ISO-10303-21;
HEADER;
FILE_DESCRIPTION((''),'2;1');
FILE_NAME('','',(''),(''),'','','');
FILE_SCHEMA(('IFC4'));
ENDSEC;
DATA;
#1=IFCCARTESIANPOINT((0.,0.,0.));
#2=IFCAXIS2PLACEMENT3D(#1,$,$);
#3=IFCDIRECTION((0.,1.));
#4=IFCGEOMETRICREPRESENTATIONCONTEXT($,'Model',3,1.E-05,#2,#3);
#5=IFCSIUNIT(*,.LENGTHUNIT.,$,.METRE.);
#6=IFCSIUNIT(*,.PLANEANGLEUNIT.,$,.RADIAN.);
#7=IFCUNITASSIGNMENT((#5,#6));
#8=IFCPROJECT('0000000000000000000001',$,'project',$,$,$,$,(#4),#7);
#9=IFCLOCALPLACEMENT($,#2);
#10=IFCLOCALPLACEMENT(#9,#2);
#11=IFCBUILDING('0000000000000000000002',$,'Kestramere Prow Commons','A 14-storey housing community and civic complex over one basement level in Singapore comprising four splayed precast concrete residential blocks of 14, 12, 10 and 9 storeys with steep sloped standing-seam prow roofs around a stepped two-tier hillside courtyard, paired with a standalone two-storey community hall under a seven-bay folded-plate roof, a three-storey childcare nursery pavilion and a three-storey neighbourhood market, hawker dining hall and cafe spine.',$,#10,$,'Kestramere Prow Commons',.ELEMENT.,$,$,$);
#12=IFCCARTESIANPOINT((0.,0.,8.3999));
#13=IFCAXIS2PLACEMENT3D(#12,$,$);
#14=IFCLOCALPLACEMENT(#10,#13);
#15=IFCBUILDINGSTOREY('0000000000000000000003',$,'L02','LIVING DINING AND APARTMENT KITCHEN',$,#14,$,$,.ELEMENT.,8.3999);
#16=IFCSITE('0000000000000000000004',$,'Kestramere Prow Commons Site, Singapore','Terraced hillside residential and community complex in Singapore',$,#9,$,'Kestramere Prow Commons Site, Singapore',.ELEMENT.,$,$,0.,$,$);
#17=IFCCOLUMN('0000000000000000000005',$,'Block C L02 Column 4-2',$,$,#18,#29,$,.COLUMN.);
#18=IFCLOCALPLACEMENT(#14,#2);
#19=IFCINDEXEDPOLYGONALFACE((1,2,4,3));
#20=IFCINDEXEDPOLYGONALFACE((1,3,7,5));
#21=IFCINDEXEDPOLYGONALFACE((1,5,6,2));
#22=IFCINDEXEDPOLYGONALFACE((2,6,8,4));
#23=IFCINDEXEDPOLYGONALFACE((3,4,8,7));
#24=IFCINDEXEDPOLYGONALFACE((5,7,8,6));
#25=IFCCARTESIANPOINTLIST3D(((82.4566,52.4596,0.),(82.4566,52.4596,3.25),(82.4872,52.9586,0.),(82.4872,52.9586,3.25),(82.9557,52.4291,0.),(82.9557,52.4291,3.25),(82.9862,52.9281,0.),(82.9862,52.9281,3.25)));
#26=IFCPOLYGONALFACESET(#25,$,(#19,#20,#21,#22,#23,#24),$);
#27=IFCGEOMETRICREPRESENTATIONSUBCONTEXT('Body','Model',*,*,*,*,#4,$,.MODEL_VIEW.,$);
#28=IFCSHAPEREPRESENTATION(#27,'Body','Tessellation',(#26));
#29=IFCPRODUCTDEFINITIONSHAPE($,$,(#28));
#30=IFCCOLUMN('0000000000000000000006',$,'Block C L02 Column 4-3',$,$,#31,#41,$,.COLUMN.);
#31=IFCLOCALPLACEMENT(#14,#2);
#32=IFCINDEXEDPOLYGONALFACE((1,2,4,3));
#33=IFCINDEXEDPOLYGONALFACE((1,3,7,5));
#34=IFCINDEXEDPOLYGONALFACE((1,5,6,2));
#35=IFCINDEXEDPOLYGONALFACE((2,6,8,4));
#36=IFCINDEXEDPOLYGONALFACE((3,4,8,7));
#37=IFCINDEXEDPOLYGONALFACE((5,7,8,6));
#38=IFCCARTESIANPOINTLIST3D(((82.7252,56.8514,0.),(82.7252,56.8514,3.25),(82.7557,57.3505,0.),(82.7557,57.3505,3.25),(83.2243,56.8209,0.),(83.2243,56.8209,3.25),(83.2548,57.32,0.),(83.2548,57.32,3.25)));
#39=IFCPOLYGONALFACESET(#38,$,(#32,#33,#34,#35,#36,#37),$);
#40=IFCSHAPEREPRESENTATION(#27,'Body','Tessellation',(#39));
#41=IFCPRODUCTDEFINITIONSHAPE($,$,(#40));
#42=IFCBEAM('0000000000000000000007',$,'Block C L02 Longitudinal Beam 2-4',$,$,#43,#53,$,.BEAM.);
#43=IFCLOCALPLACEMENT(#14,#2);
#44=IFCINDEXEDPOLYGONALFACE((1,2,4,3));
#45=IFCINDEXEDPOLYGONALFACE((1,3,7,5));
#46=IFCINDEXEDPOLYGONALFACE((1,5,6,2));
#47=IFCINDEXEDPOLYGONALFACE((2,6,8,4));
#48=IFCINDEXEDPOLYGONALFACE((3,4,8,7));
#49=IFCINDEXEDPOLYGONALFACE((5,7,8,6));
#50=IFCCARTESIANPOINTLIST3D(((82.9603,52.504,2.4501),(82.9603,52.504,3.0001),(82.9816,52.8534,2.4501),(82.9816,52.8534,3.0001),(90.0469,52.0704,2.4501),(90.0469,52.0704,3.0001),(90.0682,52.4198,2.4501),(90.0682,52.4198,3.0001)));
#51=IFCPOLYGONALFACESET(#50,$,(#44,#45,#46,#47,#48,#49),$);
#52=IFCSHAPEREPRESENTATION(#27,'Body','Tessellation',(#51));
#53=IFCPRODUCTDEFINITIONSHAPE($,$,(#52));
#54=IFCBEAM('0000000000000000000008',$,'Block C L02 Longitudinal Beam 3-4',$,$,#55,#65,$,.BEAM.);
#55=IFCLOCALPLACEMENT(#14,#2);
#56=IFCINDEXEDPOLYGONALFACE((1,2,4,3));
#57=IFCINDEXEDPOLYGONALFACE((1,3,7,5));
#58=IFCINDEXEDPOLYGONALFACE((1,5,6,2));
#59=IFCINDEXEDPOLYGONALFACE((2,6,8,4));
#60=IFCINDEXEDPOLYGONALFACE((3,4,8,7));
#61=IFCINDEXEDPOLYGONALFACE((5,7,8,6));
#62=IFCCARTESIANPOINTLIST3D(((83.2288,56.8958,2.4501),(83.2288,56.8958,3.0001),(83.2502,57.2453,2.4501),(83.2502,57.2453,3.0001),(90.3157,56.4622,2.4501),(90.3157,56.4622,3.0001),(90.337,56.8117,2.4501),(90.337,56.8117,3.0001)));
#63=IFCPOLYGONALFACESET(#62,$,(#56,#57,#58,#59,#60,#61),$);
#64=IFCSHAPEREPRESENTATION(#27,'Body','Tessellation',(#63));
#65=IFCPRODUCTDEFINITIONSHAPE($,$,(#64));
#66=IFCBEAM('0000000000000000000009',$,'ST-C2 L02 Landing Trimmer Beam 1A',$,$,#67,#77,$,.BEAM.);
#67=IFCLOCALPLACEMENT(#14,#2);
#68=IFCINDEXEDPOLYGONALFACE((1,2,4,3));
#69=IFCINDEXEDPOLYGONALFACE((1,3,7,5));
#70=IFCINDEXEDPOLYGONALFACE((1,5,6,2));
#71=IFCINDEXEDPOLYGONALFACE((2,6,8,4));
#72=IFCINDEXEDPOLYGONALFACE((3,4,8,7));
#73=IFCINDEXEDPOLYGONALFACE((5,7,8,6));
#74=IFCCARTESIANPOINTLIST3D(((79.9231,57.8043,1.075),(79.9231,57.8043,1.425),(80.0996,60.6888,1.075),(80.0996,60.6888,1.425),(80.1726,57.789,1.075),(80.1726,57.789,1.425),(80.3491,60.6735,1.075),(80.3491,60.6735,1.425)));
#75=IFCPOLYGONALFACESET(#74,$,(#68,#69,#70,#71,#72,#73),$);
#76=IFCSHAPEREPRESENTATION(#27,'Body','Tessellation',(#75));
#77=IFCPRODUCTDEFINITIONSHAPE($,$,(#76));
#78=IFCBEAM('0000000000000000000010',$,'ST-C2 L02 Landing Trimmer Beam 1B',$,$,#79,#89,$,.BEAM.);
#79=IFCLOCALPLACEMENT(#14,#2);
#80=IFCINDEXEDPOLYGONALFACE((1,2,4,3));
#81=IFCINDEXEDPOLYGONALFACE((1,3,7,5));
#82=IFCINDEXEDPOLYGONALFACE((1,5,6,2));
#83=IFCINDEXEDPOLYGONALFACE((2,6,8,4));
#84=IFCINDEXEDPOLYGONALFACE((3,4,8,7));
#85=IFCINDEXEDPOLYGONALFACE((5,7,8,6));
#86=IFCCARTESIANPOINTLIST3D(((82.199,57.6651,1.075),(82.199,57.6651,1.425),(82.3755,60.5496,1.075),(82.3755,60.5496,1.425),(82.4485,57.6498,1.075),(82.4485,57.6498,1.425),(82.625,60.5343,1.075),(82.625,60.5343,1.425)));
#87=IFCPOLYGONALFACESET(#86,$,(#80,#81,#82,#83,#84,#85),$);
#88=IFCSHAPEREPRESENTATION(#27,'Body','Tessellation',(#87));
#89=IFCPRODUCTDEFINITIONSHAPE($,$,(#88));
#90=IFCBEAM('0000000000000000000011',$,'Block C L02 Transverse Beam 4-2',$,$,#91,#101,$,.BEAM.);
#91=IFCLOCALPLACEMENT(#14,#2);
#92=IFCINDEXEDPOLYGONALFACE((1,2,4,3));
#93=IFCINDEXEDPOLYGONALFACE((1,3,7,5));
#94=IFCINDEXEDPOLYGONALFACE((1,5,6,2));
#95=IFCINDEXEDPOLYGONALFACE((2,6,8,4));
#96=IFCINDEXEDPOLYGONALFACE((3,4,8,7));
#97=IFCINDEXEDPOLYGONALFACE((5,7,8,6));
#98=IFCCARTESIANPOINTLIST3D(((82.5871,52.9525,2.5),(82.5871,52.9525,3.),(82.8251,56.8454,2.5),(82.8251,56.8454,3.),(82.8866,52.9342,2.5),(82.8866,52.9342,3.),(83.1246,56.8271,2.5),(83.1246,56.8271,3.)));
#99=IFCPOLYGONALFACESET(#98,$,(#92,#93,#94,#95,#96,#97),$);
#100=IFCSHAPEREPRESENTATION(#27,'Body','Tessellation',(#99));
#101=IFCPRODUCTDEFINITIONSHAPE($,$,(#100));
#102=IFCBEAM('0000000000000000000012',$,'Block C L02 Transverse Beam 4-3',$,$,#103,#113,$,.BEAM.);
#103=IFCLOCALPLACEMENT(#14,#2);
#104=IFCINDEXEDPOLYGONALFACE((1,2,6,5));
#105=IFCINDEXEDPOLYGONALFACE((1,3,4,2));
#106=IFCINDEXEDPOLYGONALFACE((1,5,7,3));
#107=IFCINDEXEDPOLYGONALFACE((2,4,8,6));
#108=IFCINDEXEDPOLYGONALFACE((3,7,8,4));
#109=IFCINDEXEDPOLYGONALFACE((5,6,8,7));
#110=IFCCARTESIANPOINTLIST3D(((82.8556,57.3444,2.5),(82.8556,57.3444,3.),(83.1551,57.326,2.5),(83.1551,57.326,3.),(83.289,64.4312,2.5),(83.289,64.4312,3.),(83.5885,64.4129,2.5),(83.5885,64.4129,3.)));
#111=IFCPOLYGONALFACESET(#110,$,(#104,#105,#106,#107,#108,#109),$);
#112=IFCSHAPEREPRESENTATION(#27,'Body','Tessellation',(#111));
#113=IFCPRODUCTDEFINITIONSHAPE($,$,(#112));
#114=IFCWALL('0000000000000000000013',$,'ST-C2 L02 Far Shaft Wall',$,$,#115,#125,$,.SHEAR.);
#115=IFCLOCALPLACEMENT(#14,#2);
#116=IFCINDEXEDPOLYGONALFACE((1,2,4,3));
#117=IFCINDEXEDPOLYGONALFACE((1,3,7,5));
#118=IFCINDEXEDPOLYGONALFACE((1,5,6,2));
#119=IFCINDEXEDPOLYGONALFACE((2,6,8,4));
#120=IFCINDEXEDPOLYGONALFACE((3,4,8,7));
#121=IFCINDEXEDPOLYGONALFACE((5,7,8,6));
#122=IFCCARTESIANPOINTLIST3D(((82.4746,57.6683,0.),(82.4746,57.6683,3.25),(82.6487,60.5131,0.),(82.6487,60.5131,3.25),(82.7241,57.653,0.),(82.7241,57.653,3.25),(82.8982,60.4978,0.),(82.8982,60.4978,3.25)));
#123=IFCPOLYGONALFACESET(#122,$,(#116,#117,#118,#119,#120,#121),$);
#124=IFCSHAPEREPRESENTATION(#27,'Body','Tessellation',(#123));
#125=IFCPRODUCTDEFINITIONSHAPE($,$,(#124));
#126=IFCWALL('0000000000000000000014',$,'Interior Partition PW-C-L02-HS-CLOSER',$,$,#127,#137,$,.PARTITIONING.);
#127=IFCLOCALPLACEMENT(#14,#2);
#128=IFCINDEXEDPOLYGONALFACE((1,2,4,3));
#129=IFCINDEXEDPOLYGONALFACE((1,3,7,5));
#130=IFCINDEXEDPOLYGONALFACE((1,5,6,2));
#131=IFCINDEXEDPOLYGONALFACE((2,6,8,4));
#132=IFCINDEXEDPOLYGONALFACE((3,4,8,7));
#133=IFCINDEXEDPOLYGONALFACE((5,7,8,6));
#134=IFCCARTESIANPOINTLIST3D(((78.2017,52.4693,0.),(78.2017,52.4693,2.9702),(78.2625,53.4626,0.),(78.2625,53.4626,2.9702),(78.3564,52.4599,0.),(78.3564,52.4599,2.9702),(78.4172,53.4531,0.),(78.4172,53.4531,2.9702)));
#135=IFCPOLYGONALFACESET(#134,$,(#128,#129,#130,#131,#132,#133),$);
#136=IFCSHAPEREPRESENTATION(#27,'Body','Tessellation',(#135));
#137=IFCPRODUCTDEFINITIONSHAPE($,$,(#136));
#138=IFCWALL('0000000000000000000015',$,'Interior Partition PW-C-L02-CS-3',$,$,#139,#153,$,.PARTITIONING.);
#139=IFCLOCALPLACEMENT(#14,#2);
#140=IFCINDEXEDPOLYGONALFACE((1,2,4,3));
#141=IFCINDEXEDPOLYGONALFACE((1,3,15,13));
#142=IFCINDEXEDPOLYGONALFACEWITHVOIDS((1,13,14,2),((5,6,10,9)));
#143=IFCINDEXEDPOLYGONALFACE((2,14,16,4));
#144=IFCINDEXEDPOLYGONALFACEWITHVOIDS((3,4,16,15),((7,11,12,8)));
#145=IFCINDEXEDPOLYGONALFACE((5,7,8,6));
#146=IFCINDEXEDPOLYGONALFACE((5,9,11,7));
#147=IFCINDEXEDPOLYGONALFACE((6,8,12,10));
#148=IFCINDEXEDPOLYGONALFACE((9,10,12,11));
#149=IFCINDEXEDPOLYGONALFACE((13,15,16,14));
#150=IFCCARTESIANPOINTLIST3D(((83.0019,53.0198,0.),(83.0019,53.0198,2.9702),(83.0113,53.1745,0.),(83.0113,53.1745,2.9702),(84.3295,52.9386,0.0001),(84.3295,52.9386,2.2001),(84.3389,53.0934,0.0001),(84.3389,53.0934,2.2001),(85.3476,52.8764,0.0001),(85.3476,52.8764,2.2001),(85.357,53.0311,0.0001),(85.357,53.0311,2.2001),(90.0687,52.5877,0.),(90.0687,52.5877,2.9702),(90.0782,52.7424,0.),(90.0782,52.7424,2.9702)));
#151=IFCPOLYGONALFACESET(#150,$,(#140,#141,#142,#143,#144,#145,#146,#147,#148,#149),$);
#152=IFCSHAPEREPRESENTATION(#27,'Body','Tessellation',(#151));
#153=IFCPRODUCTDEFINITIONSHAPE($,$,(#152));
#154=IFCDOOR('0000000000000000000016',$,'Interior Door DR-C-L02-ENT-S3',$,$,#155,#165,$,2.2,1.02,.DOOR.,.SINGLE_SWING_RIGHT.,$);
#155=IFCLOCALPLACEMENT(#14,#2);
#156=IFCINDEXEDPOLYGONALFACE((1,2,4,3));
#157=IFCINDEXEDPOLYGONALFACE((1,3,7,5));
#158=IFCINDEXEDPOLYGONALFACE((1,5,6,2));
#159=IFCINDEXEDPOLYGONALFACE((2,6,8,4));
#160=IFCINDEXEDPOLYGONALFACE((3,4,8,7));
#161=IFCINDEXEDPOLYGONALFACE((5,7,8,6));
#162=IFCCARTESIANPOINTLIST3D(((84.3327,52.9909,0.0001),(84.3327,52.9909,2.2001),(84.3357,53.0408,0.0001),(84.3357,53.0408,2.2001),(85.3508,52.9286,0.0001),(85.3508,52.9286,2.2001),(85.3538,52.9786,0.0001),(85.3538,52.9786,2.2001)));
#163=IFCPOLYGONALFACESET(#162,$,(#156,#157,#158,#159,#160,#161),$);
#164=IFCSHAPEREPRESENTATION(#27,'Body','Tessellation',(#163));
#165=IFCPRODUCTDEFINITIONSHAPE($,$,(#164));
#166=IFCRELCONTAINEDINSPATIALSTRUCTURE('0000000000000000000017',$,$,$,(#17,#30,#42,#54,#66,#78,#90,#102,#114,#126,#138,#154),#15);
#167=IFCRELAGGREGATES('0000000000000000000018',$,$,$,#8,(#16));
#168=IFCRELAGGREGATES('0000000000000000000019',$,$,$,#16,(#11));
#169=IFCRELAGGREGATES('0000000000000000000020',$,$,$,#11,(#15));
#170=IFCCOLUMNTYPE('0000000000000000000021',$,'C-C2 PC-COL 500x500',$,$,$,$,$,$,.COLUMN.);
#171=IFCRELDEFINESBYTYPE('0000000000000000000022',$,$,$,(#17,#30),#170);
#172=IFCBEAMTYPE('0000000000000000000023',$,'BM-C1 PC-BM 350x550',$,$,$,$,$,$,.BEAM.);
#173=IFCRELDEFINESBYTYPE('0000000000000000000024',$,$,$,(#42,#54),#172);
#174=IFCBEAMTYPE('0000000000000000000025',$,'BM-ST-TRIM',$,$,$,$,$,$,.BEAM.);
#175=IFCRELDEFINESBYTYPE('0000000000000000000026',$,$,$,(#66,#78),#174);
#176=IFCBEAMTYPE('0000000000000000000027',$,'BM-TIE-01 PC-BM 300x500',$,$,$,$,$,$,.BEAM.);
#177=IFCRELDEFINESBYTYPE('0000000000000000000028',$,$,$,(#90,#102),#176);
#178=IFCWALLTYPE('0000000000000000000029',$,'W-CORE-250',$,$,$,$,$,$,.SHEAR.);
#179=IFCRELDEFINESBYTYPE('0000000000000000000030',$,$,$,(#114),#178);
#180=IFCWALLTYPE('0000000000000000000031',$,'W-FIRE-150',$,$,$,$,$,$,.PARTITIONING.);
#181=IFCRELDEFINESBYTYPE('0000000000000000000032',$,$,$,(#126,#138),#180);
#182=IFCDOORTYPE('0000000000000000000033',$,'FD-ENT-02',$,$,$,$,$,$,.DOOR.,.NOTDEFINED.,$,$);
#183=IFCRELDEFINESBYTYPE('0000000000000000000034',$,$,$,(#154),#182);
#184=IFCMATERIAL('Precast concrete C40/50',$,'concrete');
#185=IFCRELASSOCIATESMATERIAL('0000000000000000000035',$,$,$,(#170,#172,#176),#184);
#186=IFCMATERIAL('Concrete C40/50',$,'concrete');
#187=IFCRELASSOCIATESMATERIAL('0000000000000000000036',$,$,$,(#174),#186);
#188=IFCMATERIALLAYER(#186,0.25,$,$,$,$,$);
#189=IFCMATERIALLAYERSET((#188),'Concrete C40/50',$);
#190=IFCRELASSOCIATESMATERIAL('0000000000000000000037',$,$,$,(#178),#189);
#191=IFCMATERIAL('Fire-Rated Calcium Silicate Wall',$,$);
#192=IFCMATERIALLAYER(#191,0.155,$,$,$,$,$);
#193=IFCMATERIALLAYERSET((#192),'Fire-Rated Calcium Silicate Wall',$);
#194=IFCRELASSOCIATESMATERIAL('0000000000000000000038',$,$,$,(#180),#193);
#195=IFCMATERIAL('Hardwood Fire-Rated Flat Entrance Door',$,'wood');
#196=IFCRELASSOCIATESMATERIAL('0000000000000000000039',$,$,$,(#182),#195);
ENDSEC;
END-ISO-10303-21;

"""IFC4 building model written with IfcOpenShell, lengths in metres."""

from ifc_helpers import new_model, si_unit, direction, frame, frame_2d, origin, origin_2d, place, context, subcontext, project, spatial, rectangle, extrude, material, layer, layer_set, material_profile, profile_set, type_object, element, fill, save


model = new_model("IFC4")

# Units and contexts
model_context = context("Model", 3, precision=1e-05, world=origin(), true_north=direction((0.0, 1.0)))
body_context = subcontext(model_context, "Body", "Model", "MODEL_VIEW")
ifc_project = project(units=[si_unit("LENGTHUNIT", "METRE"), si_unit("PLANEANGLEUNIT", "RADIAN")], contexts=[model_context])

# Site, building, storey
site_placement = place(None, origin())
site = spatial("IfcSite", under=ifc_project, at=site_placement, Name="Kestramere Prow Commons Site, Singapore", Description="Terraced hillside residential and community complex in Singapore", LongName="Kestramere Prow Commons Site, Singapore", CompositionType="ELEMENT", RefElevation=0.0)
building_placement = place(site_placement, origin())
building = spatial("IfcBuilding", under=site, at=building_placement, Name="Kestramere Prow Commons", Description="A 14-storey housing community and civic complex over one basement level in Singapore comprising four splayed precast concrete residential blocks of 14, 12, 10 and 9 storeys with steep sloped standing-seam prow roofs around a stepped two-tier hillside courtyard, paired with a standalone two-storey community hall under a seven-bay folded-plate roof, a three-storey childcare nursery pavilion and a three-storey neighbourhood market, hawker dining hall and cafe spine.", LongName="Kestramere Prow Commons", CompositionType="ELEMENT")
storey_placement = place(building_placement, frame((0.0, 0.0, 8.3999)))
storey = spatial("IfcBuildingStorey", under=building, at=storey_placement, Name="L02", Description="LIVING DINING AND APARTMENT KITCHEN", CompositionType="ELEMENT", Elevation=8.3999)

# Columns
ifc_material_1 = material(Name="Precast concrete C40/50", Category="concrete")
ifc_material_profile_1 = material_profile(ifc_material_1, rectangle(XDim=0.5, YDim=0.5, at=origin_2d()), Name="PC-COL 500x500")
ifc_profile_set_1 = profile_set([ifc_material_profile_1], Name="Precast concrete C40/50")
column_type = type_object("IfcColumnType", Name="C-C2 PC-COL 500x500", PredefinedType="COLUMN", material=ifc_profile_set_1)
for number, where, z_axis, x_axis, name in (
    (1, (82.7214, 52.6938, 0.0), (0.0, 0.0, 1.0), (0.998135, -0.061049, 0.0), "Block C L02 Column 4-2"),
    (2, (82.99, 57.0857, 0.0), (0.0, 0.0, 1.0), (0.998135, -0.061049, 0.0), "Block C L02 Column 4-3"),
):
    element("IfcColumn", number, at=place(storey_placement, frame(where, z_axis=z_axis, x_axis=x_axis)), inside=storey, type_object=column_type, Name=name, PredefinedType="COLUMN", context=body_context, shape_type="SweptSolid", body=[
        extrude(rectangle(XDim=0.5, YDim=0.5, at=origin_2d()), origin(), (0.0, 0.0, 1.0), 3.25),
    ])

# Beams
ifc_material_profile_2 = material_profile(ifc_material_1, rectangle(XDim=0.3501, YDim=0.55, at=origin_2d()), Name="PC-BM 350x550")
ifc_profile_set_2 = profile_set([ifc_material_profile_2], Name="Precast concrete C40/50")
beam_type_1 = type_object("IfcBeamType", Name="BM-C1 PC-BM 350x550", PredefinedType="BEAM", material=ifc_profile_set_2)
beam_1_placement = place(storey_placement, frame((82.9709, 52.6787, 2.7251), z_axis=(0.998133, -0.06107, 0.0), x_axis=(0.06107, 0.998133, 0.0)))
element("IfcBeam", 3, at=beam_1_placement, inside=storey, type_object=beam_type_1, Name="Block C L02 Longitudinal Beam 2-4", PredefinedType="BEAM", context=body_context, shape_type="SweptSolid", body=[
    extrude(rectangle(XDim=0.3501, YDim=0.55, at=origin_2d()), origin(), (0.0, 0.0, 1.0), 7.0999),
])
beam_2_placement = place(storey_placement, frame((83.2395, 57.0706, 2.7251), z_axis=(0.998134, -0.061068, 0.0), x_axis=(0.061068, 0.998134, 0.0)))
element("IfcBeam", 4, at=beam_2_placement, inside=storey, type_object=beam_type_1, Name="Block C L02 Longitudinal Beam 3-4", PredefinedType="BEAM", context=body_context, shape_type="SweptSolid", body=[
    extrude(rectangle(XDim=0.3501, YDim=0.55, at=origin_2d()), origin(), (0.0, 0.0, 1.0), 7.1001),
])
ifc_material_2 = material(Name="Concrete C40/50", Category="concrete")
ifc_material_profile_3 = material_profile(ifc_material_2, rectangle(XDim=0.25, YDim=0.3501, at=origin_2d()), Name="PC-BM 250x350")
ifc_profile_set_3 = profile_set([ifc_material_profile_3], Name="Concrete C40/50")
beam_type_2 = type_object("IfcBeamType", Name="BM-ST-TRIM", PredefinedType="BEAM", material=ifc_profile_set_3)
for number, where, z_axis, x_axis, name in (
    (5, (80.0479, 57.7966, 1.25), (0.061079, 0.998133, 0.0), (-0.998133, 0.061079, 0.0), "ST-C2 L02 Landing Trimmer Beam 1A"),
    (6, (82.3237, 57.6575, 1.25), (0.061079, 0.998133, 0.0), (-0.998133, 0.061079, 0.0), "ST-C2 L02 Landing Trimmer Beam 1B"),
):
    element("IfcBeam", number, at=place(storey_placement, frame(where, z_axis=z_axis, x_axis=x_axis)), inside=storey, type_object=beam_type_2, Name=name, PredefinedType="BEAM", context=body_context, shape_type="SweptSolid", body=[
        extrude(rectangle(XDim=0.25, YDim=0.3501, at=origin_2d()), origin(), (0.0, 0.0, 1.0), 2.8899),
    ])
ifc_material_profile_4 = material_profile(ifc_material_1, rectangle(XDim=0.3, YDim=0.5, at=origin_2d()), Name="PC-BM 300x500")
ifc_profile_set_4 = profile_set([ifc_material_profile_4], Name="Precast concrete C40/50")
beam_type_3 = type_object("IfcBeamType", Name="BM-TIE-01 PC-BM 300x500", PredefinedType="BEAM", material=ifc_profile_set_4)
beam_3_placement = place(storey_placement, frame((82.7368, 52.9434, 2.75), z_axis=(0.061034, 0.998136, 0.0), x_axis=(-0.998136, 0.061034, 0.0)))
element("IfcBeam", 7, at=beam_3_placement, inside=storey, type_object=beam_type_3, Name="Block C L02 Transverse Beam 4-2", PredefinedType="BEAM", context=body_context, shape_type="SweptSolid", body=[
    extrude(rectangle(XDim=0.3, YDim=0.5, at=origin_2d()), origin(), (0.0, 0.0, 1.0), 3.9001),
])
beam_4_placement = place(storey_placement, frame((83.0054, 57.3352, 2.75), z_axis=(0.061034, 0.998136, 0.0), x_axis=(-0.998136, 0.061034, 0.0)))
element("IfcBeam", 8, at=beam_4_placement, inside=storey, type_object=beam_type_3, Name="Block C L02 Transverse Beam 4-3", PredefinedType="BEAM", context=body_context, shape_type="SweptSolid", body=[
    extrude(rectangle(XDim=0.3, YDim=0.5, at=origin_2d()), origin(), (0.0, 0.0, 1.0), 7.1001),
])

# Walls
ifc_layer_1 = layer(ifc_material_2, 0.25)
ifc_layer_set_1 = layer_set([ifc_layer_1], Name="Concrete C40/50")
wall_type_1 = type_object("IfcWallType", Name="W-CORE-250", PredefinedType="SHEAR", material=ifc_layer_set_1)
wall_1_placement = place(storey_placement, frame((82.5994, 57.6606, 0.0), z_axis=(0.0, 0.0, 1.0), x_axis=(0.061077, 0.998133, 0.0)))
element("IfcWall", 9, at=wall_1_placement, inside=storey, type_object=wall_type_1, Name="ST-C2 L02 Far Shaft Wall", PredefinedType="SHEAR", context=body_context, shape_type="SweptSolid", body=[
    extrude(rectangle(XDim=2.8501, YDim=0.25, at=frame_2d((1.425, 0.0))), origin(), (0.0, 0.0, 1.0), 3.25),
])
ifc_material_3 = material(Name="Fire-Rated Calcium Silicate Wall")
ifc_layer_2 = layer(ifc_material_3, 0.155)
ifc_layer_set_2 = layer_set([ifc_layer_2], Name="Fire-Rated Calcium Silicate Wall")
wall_type_2 = type_object("IfcWallType", Name="W-FIRE-150", PredefinedType="PARTITIONING", material=ifc_layer_set_2)
wall_2_placement = place(storey_placement, frame((78.2791, 52.4646, 0.0), z_axis=(0.0, 0.0, 1.0), x_axis=(0.061095, 0.998132, 0.0)))
element("IfcWall", 10, at=wall_2_placement, inside=storey, type_object=wall_type_2, Name="Interior Partition PW-C-L02-HS-CLOSER", PredefinedType="PARTITIONING", context=body_context, shape_type="SweptSolid", body=[
    extrude(rectangle(XDim=0.9951, YDim=0.155, at=frame_2d((0.4976, 0.0))), origin(), (0.0, 0.0, 1.0), 2.9702),
])

# Wall, opening, door
ifc_material_4 = material(Name="Hardwood Fire-Rated Flat Entrance Door", Category="wood")
wall_3_placement = place(storey_placement, frame((83.0066, 53.0972, 0.0), z_axis=(0.0, 0.0, 1.0), x_axis=(0.998136, -0.061034, 0.0)))
wall_3 = element("IfcWall", 11, at=wall_3_placement, inside=storey, type_object=wall_type_2, Name="Interior Partition PW-C-L02-CS-3", PredefinedType="PARTITIONING", context=body_context, shape_type="SweptSolid", body=[
    extrude(rectangle(XDim=7.0801, YDim=0.155, at=frame_2d((3.54, 0.0))), origin(), (0.0, 0.0, 1.0), 2.9702),
])
opening_1_placement = place(wall_3_placement, frame((1.3301, 0.0, 0.0)))
opening_1 = element("IfcOpeningElement", 12, at=opening_1_placement, cuts=wall_3, PredefinedType="OPENING", context=body_context, shape_type="SweptSolid", body=[
    extrude(rectangle(XDim=1.02, YDim=2.2, at=frame_2d((0.51, 1.1001))), frame((0.0, 0.0925, 0.0), z_axis=(0.0, -1.0, 0.0), x_axis=(1.0, 0.0, 0.0)), (0.0, 0.0, 1.0), 0.1851),
])
door_type_1 = type_object("IfcDoorType", Name="FD-ENT-02", OperationType="NOTDEFINED", PredefinedType="DOOR", material=ifc_material_4)
door_1_placement = place(opening_1_placement, origin())
door_1 = element("IfcDoor", 13, at=door_1_placement, inside=storey, type_object=door_type_1, Name="Interior Door DR-C-L02-ENT-S3", OperationType="SINGLE_SWING_RIGHT", OverallHeight=2.2, OverallWidth=1.02, PredefinedType="DOOR", context=body_context, shape_type="SweptSolid", body=[
    extrude(rectangle(XDim=1.02, YDim=2.2, at=frame_2d((0.51, 1.1001))), frame((0.0, 0.0249, 0.0), z_axis=(0.0, -1.0, 0.0), x_axis=(1.0, 0.0, 0.0)), (0.0, 0.0, 1.0), 0.05),
])
fill(opening_1, door_1)

save(model, "model.ifc")
